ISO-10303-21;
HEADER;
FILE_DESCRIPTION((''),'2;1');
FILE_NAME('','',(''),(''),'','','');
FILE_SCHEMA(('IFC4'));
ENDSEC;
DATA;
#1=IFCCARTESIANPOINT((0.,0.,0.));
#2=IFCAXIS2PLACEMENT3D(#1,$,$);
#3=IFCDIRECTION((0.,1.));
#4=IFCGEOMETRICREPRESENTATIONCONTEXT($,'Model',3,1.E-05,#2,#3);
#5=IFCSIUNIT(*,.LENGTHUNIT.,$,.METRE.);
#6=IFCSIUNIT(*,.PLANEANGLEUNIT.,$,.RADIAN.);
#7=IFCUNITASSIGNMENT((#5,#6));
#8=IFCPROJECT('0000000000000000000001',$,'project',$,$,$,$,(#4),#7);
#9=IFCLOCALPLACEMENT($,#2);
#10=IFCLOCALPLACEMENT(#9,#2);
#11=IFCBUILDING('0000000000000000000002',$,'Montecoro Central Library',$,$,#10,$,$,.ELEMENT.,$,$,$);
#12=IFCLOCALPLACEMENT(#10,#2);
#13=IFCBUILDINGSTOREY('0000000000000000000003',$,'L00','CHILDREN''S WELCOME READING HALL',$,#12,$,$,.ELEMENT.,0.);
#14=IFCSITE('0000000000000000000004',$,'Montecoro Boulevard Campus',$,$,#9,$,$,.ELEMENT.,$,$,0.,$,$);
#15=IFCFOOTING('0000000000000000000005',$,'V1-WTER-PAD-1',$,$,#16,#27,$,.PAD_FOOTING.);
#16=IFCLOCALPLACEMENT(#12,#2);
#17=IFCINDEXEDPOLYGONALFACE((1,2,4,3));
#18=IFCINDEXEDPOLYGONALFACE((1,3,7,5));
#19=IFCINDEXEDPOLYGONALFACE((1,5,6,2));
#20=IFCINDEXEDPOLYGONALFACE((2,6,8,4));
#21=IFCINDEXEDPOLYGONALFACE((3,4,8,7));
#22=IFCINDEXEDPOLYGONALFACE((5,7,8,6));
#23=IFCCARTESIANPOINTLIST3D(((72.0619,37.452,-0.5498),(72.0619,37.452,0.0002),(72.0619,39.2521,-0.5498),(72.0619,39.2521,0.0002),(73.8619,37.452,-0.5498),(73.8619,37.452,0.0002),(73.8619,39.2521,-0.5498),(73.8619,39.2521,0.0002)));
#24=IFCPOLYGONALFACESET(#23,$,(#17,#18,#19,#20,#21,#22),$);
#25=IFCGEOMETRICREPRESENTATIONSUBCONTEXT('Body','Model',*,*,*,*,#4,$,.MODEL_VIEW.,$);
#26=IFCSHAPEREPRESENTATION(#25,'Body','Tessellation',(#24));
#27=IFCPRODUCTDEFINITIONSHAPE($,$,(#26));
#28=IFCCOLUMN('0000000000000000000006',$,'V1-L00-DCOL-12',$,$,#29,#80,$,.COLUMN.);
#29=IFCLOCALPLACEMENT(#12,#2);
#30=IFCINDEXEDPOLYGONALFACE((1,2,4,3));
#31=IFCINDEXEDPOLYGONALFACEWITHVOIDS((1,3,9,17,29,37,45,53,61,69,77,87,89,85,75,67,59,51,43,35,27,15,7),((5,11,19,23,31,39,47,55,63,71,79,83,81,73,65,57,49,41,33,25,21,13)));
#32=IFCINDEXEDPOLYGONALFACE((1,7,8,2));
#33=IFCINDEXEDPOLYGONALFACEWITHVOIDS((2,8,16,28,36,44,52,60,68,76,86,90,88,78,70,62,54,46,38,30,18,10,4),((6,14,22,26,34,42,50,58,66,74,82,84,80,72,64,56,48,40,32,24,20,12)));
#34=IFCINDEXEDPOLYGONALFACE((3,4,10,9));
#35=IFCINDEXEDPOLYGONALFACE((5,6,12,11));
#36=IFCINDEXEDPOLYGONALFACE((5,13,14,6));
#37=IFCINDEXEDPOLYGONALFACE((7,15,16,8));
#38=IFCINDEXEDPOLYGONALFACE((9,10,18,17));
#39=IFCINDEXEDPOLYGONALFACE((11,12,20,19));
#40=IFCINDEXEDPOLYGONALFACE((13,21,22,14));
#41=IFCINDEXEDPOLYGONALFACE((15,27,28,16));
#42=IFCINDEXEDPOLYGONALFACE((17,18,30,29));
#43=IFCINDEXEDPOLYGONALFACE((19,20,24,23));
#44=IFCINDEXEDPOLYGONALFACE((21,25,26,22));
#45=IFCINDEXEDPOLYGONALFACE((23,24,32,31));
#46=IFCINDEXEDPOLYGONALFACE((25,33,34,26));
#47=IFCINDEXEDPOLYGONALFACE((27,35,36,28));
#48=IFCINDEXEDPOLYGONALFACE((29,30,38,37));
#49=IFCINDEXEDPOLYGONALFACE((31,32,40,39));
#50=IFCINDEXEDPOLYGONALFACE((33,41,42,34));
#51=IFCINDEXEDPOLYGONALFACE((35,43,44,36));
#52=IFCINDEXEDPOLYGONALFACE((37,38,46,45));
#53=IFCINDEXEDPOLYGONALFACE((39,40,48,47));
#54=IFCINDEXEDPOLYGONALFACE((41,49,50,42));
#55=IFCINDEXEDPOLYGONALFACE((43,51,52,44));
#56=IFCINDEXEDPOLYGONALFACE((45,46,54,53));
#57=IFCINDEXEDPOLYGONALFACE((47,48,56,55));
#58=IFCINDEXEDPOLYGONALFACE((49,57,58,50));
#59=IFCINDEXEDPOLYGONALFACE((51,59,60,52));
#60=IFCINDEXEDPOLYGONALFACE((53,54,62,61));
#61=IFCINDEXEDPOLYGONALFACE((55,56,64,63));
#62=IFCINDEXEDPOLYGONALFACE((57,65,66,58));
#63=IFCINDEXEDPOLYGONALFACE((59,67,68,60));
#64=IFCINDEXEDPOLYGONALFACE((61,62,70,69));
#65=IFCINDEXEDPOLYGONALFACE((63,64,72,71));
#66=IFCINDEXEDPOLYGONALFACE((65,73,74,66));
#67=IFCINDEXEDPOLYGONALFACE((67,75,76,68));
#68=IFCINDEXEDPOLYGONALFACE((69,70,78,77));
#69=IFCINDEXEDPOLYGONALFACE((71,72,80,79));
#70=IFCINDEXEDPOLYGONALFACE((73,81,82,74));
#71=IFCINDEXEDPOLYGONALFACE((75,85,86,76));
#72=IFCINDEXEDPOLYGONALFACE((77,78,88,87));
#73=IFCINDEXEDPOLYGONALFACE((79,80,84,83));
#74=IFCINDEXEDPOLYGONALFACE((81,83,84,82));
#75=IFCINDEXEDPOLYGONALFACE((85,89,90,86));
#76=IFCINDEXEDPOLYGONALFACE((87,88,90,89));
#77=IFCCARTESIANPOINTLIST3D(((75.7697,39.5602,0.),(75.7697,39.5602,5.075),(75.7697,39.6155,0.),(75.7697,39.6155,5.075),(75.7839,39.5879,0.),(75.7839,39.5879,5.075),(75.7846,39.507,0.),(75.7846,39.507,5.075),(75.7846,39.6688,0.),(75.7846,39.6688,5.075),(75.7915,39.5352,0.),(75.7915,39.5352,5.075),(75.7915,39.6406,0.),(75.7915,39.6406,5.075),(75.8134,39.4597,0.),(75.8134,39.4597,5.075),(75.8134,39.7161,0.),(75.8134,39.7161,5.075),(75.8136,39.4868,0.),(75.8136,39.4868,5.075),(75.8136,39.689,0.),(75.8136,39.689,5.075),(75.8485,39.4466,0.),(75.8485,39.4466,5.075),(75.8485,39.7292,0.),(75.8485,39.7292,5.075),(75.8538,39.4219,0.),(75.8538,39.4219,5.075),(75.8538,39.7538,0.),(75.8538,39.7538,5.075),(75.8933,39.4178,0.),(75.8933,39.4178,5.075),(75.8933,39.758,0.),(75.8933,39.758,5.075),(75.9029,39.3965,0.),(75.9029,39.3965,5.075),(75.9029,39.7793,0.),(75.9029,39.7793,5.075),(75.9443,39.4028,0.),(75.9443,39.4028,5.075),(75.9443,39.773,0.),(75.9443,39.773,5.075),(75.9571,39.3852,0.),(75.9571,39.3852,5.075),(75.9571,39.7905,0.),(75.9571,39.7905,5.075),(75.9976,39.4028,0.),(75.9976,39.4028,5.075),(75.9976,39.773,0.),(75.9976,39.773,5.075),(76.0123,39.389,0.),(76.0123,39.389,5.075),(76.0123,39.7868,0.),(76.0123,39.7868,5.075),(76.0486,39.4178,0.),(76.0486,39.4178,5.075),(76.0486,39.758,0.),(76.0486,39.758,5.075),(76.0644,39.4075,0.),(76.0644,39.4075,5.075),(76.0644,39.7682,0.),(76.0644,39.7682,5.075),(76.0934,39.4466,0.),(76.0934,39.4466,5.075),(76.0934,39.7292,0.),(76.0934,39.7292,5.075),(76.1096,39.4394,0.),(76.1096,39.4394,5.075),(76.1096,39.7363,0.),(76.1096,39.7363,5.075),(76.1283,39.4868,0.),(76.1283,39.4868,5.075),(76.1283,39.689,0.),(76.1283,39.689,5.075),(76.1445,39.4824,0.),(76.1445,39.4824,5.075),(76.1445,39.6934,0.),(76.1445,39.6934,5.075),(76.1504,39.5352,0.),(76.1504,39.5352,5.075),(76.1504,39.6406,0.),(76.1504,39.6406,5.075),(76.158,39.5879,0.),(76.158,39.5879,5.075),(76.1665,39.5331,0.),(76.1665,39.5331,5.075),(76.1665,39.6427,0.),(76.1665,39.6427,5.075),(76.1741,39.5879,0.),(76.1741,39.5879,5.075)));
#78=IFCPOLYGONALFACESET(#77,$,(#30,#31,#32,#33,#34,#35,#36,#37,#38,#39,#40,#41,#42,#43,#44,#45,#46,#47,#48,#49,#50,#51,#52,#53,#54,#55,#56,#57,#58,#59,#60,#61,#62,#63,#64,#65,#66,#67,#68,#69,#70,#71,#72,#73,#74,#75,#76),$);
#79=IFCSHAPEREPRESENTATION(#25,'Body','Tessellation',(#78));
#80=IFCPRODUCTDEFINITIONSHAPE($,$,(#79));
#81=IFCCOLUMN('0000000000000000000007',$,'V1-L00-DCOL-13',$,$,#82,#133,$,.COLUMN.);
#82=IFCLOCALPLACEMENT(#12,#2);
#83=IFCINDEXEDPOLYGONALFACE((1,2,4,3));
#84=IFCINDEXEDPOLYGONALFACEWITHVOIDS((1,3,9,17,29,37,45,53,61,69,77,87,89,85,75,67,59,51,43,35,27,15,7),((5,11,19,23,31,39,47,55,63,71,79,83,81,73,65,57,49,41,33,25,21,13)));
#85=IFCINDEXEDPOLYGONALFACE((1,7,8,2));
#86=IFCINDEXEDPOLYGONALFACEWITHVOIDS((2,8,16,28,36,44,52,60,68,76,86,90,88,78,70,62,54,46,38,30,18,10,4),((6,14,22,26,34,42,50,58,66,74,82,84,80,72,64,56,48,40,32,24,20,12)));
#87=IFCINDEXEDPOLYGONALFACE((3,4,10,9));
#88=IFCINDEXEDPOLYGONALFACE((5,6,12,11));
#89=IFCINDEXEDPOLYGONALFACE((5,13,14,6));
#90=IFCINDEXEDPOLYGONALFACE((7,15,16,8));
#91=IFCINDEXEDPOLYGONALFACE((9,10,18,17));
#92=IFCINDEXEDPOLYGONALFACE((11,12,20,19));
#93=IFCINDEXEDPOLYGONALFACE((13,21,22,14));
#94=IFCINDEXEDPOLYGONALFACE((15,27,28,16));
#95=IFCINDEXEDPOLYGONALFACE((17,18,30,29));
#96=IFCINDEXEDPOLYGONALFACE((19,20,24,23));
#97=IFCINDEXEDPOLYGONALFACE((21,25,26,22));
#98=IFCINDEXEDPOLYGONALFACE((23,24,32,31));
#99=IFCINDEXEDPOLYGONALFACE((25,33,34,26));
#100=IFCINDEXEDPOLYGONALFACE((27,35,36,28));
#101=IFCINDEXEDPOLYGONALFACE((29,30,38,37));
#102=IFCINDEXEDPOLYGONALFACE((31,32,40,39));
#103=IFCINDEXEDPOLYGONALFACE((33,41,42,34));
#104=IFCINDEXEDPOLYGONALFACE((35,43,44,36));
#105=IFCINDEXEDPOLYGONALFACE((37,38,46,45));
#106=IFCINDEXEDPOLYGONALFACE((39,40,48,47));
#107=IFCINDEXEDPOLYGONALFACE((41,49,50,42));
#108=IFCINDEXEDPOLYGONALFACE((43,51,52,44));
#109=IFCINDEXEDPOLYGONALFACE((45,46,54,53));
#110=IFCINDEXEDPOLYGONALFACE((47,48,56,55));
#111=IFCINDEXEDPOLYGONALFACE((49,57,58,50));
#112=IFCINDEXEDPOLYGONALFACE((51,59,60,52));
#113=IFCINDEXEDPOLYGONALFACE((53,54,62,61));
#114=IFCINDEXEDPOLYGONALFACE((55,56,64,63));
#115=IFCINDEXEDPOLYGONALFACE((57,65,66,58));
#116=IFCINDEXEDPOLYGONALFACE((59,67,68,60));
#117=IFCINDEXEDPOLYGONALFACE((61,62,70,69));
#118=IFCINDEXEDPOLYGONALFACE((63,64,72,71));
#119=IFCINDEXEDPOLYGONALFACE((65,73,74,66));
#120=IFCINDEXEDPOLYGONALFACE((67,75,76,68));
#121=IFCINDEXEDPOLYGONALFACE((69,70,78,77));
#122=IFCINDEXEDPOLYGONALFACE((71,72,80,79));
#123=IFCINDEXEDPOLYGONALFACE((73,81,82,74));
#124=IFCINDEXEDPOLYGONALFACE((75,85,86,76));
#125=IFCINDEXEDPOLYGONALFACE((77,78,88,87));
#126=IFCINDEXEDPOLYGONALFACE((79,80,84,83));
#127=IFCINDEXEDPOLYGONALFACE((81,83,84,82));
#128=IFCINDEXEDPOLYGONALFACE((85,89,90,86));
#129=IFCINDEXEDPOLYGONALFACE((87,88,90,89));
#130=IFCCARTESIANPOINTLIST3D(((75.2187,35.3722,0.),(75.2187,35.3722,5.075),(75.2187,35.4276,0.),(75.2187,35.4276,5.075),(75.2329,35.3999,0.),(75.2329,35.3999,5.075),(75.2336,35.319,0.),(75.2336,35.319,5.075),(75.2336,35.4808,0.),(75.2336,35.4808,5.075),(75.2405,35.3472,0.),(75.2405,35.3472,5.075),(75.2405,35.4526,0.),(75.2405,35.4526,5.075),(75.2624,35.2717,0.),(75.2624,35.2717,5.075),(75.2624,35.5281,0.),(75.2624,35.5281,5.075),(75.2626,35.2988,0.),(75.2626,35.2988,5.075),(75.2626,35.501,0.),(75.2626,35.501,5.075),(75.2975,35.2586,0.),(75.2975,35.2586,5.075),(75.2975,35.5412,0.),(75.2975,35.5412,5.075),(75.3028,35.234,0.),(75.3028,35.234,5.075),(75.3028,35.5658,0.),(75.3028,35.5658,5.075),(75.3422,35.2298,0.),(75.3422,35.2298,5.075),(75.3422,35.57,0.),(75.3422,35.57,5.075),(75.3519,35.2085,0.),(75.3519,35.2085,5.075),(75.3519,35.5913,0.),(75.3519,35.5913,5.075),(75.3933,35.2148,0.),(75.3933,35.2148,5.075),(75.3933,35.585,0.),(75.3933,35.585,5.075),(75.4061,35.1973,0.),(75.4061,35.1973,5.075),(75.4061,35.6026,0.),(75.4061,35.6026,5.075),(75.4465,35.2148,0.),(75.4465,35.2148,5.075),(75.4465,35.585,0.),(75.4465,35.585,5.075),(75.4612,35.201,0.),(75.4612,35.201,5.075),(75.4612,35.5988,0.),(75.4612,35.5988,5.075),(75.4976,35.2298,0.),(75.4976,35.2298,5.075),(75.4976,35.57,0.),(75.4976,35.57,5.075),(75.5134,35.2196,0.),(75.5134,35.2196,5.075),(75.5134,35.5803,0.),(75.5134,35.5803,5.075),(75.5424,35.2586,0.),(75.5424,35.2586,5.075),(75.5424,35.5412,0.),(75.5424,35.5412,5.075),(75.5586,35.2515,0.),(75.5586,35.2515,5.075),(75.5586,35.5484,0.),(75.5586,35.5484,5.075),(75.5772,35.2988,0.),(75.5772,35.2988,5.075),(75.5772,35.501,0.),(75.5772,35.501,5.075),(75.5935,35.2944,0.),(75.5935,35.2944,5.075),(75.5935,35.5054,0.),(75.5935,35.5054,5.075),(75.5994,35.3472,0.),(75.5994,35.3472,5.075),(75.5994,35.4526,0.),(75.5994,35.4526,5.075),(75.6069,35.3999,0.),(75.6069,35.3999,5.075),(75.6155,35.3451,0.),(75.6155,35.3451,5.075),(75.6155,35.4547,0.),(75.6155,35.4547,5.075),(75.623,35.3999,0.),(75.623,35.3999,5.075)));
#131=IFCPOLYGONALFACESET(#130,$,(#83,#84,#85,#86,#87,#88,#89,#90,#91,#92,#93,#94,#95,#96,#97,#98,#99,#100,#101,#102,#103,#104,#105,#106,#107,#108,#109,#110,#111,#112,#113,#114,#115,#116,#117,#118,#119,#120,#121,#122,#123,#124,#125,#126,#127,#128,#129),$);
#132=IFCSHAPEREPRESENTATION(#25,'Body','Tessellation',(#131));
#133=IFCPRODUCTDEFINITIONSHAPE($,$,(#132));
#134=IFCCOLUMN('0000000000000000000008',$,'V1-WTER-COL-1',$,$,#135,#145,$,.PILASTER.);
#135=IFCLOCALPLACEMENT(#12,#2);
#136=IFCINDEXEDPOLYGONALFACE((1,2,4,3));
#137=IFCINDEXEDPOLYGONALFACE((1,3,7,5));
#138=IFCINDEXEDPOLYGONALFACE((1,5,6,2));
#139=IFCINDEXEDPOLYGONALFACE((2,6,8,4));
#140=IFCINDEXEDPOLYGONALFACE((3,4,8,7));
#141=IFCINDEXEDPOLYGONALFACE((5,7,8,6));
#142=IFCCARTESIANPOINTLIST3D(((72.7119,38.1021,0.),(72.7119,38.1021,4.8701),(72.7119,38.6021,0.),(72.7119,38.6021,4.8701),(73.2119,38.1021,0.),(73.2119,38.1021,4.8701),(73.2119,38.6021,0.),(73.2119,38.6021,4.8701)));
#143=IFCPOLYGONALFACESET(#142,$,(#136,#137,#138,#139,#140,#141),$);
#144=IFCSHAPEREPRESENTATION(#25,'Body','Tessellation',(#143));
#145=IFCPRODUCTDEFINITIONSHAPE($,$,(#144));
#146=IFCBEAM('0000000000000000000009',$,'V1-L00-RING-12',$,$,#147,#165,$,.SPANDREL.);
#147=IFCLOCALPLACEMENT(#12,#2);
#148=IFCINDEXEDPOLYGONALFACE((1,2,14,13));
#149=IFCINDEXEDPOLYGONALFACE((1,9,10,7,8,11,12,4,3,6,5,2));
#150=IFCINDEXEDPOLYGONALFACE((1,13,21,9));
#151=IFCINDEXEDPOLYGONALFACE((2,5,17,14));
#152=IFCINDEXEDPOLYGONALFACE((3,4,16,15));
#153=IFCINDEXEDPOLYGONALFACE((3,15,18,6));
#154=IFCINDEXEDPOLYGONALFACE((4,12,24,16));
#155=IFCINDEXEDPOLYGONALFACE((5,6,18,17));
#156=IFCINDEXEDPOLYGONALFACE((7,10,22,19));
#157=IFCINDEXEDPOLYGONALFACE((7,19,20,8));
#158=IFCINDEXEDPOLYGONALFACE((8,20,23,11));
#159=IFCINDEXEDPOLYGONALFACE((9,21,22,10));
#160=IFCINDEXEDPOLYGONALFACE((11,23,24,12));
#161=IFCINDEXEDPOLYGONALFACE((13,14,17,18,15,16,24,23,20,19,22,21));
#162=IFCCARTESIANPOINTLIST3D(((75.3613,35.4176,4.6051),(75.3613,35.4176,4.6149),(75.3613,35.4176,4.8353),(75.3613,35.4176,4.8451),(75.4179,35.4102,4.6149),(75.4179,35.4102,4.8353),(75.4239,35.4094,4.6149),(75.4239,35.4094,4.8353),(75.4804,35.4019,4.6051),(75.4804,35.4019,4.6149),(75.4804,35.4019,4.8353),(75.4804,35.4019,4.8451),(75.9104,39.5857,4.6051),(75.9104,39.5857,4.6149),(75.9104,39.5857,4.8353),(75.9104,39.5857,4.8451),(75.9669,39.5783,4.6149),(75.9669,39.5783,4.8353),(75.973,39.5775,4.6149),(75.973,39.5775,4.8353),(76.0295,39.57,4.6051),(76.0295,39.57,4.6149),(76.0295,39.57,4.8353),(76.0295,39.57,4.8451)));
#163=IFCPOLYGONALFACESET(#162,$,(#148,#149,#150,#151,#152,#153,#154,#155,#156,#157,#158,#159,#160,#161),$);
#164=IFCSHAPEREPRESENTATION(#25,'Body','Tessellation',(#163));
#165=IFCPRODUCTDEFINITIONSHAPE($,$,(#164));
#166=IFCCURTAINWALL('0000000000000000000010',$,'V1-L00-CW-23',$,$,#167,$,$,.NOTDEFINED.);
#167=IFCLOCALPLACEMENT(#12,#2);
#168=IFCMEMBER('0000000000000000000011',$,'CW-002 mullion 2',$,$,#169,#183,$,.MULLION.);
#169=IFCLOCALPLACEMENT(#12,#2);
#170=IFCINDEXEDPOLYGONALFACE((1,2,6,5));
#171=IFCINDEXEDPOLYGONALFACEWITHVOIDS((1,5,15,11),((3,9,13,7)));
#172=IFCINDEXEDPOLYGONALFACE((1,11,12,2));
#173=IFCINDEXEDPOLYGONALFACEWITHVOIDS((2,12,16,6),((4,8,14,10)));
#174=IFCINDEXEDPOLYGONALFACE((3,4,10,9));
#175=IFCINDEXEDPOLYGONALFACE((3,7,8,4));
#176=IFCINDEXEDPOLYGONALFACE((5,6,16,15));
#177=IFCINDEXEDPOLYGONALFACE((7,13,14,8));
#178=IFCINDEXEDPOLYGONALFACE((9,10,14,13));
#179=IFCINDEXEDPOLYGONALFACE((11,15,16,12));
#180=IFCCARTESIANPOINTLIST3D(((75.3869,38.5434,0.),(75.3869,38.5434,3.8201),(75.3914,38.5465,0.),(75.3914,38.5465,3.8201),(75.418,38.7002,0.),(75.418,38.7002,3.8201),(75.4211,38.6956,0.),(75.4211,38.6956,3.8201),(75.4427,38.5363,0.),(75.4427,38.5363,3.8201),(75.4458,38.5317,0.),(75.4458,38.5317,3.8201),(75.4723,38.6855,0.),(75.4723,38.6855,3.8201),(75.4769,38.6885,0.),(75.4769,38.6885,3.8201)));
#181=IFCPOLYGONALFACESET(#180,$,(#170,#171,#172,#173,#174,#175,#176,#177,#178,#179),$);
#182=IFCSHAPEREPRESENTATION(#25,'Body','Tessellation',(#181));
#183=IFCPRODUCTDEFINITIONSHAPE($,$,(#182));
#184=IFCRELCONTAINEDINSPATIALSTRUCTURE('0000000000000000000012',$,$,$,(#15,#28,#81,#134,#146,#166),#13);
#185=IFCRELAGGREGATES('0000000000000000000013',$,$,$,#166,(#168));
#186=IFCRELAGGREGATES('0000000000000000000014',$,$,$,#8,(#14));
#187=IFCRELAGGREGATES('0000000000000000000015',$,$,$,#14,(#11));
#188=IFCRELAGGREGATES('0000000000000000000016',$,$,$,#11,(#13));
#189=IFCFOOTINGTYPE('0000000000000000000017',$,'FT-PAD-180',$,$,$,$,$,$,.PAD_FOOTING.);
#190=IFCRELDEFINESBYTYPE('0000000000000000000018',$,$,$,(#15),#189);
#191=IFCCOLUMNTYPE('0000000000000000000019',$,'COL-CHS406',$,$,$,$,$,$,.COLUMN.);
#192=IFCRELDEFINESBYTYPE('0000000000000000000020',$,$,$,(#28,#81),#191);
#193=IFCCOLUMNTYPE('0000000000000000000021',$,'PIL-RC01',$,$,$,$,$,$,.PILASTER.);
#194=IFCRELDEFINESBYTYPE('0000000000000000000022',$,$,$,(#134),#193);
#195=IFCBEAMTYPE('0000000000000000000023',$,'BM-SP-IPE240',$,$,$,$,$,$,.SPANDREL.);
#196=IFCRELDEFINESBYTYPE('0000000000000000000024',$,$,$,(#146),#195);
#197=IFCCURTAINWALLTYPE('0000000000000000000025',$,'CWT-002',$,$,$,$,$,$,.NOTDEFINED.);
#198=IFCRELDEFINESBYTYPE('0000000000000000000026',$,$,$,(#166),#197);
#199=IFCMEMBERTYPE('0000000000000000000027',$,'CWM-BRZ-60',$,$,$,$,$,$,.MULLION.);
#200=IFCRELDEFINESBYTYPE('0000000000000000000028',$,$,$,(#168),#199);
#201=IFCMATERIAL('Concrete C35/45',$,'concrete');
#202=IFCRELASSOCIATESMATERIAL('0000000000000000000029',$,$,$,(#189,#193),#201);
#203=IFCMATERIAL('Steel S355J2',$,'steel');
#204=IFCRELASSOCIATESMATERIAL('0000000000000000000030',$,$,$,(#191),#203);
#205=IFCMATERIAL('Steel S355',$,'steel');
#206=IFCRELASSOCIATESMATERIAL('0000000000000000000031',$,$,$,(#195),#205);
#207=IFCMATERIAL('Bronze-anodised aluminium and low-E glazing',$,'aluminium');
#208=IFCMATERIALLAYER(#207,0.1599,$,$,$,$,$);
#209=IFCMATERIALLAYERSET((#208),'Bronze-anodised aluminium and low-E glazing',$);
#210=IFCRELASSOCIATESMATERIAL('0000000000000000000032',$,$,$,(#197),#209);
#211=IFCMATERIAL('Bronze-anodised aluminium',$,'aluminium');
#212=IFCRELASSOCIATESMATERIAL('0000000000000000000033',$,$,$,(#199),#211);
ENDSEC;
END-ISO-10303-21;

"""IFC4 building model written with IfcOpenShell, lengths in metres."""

from ifc_helpers import new_model, si_unit, direction, frame, origin, origin_2d, place, context, subcontext, project, spatial, rectangle, hollow_rectangle, hollow_circle, i_section, extrude, material, layer, layer_set, material_profile, profile_set, type_object, element, aggregate, save


model = new_model("IFC4")

# Units and contexts
model_context = context("Model", 3, precision=1e-05, world=origin(), true_north=direction((0.0, 1.0)))
body_context = subcontext(model_context, "Body", "Model", "MODEL_VIEW")
ifc_project = project(units=[si_unit("LENGTHUNIT", "METRE"), si_unit("PLANEANGLEUNIT", "RADIAN")], contexts=[model_context])

# Site, building, storey
site_placement = place(None, origin())
site = spatial("IfcSite", under=ifc_project, at=site_placement, Name="Montecoro Boulevard Campus", CompositionType="ELEMENT", RefElevation=0.0)
building_placement = place(site_placement, origin())
building = spatial("IfcBuilding", under=site, at=building_placement, Name="Montecoro Central Library", CompositionType="ELEMENT")
storey_placement = place(building_placement, origin())
storey = spatial("IfcBuildingStorey", under=building, at=storey_placement, Name="L00", Description="CHILDREN'S WELCOME READING HALL", CompositionType="ELEMENT", Elevation=0.0)

# Footing
ifc_material_1 = material(Name="Concrete C35/45", Category="concrete")
footing_type = type_object("IfcFootingType", Name="FT-PAD-180", PredefinedType="PAD_FOOTING", material=ifc_material_1)
footing_placement = place(storey_placement, frame((72.9619, 38.3521, -0.5498), z_axis=(0.0, 0.0, 1.0), x_axis=(1.0, 0.0, 0.0)))
element("IfcFooting", 1, at=footing_placement, inside=storey, type_object=footing_type, Name="V1-WTER-PAD-1", PredefinedType="PAD_FOOTING", context=body_context, shape_type="SweptSolid", body=[
    extrude(rectangle(XDim=1.8, YDim=1.8, at=origin_2d()), origin(), (0.0, 0.0, 1.0), 0.55),
])

# Columns
ifc_material_2 = material(Name="Steel S355J2", Category="steel")
ifc_material_profile_1 = material_profile(ifc_material_2, hollow_circle(Radius=0.2031, WallThickness=0.0161, at=origin_2d()), Name="CHS 406.4x16.0")
ifc_profile_set_1 = profile_set([ifc_material_profile_1], Name="Steel S355J2")
column_type_1 = type_object("IfcColumnType", Name="COL-CHS406", PredefinedType="COLUMN", material=ifc_profile_set_1)
for number, where, z_axis, x_axis, name in (
    (2, (75.9709, 39.5879, 0.0), (0.0, 0.0, 1.0), (1.0, 0.0, 0.0), "V1-L00-DCOL-12"),
    (3, (75.4199, 35.3999, 0.0), (0.0, 0.0, 1.0), (1.0, 0.0, 0.0), "V1-L00-DCOL-13"),
):
    element("IfcColumn", number, at=place(storey_placement, frame(where, z_axis=z_axis, x_axis=x_axis)), inside=storey, type_object=column_type_1, Name=name, PredefinedType="COLUMN", context=body_context, shape_type="SweptSolid", body=[
        extrude(hollow_circle(Radius=0.2031, WallThickness=0.0161, at=origin_2d()), origin(), (0.0, 0.0, 1.0), 5.075),
    ])
ifc_material_profile_2 = material_profile(ifc_material_1, rectangle(XDim=0.5, YDim=0.5, at=origin_2d()), Name="RC PIL 500x500")
ifc_profile_set_2 = profile_set([ifc_material_profile_2], Name="Concrete C35/45")
column_type_2 = type_object("IfcColumnType", Name="PIL-RC01", PredefinedType="PILASTER", material=ifc_profile_set_2)
column_placement = place(storey_placement, frame((72.9619, 38.3521, 0.0), z_axis=(0.0, 0.0, 1.0), x_axis=(1.0, 0.0, 0.0)))
element("IfcColumn", 4, at=column_placement, inside=storey, type_object=column_type_2, Name="V1-WTER-COL-1", PredefinedType="PILASTER", context=body_context, shape_type="SweptSolid", body=[
    extrude(rectangle(XDim=0.5, YDim=0.5, at=origin_2d()), origin(), (0.0, 0.0, 1.0), 4.8701),
])

# Beam
ifc_material_3 = material(Name="Steel S355", Category="steel")
ifc_material_profile_3 = material_profile(ifc_material_3, i_section(OverallWidth=0.1201, OverallDepth=0.24, WebThickness=0.0061, FlangeThickness=0.0098, at=origin_2d()), Name="IPE 240")
ifc_profile_set_3 = profile_set([ifc_material_profile_3], Name="Steel S355")
beam_type = type_object("IfcBeamType", Name="BM-SP-IPE240", PredefinedType="SPANDREL", material=ifc_profile_set_3)
beam_placement = place(storey_placement, frame((75.97, 39.5779, 4.7251), z_axis=(-0.130608, -0.991434, 0.0), x_axis=(0.991434, -0.130608, 0.0)))
element("IfcBeam", 5, at=beam_placement, inside=storey, type_object=beam_type, Name="V1-L00-RING-12", PredefinedType="SPANDREL", context=body_context, shape_type="SweptSolid", body=[
    extrude(i_section(OverallWidth=0.1201, OverallDepth=0.24, WebThickness=0.0061, FlangeThickness=0.0098, at=origin_2d()), origin(), (0.0, 0.0, 1.0), 4.2041),
])

# Curtain wall, member
ifc_material_4 = material(Name="Bronze-anodised aluminium and low-E glazing", Category="aluminium")
ifc_layer_1 = layer(ifc_material_4, 0.1599)
ifc_layer_set_1 = layer_set([ifc_layer_1], Name="Bronze-anodised aluminium and low-E glazing")
curtain_wall_type = type_object("IfcCurtainWallType", Name="CWT-002", PredefinedType="NOTDEFINED", material=ifc_layer_set_1)
curtain_wall_placement = place(storey_placement, origin())
curtain_wall = element("IfcCurtainWall", 6, at=curtain_wall_placement, inside=storey, type_object=curtain_wall_type, Name="V1-L00-CW-23", PredefinedType="NOTDEFINED")
ifc_material_5 = material(Name="Bronze-anodised aluminium", Category="aluminium")
ifc_material_profile_4 = material_profile(ifc_material_5, hollow_rectangle(XDim=0.0601, YDim=0.1599, WallThickness=0.0039, at=origin_2d()), Name="CWM 160x60x4.0")
ifc_profile_set_4 = profile_set([ifc_material_profile_4], Name="Bronze-anodised aluminium")
member_type_1 = type_object("IfcMemberType", Name="CWM-BRZ-60", PredefinedType="MULLION", material=ifc_profile_set_4)
member_1_placement = place(storey_placement, frame((75.4319, 38.616, 0.0), z_axis=(0.0, 0.0, 1.0), x_axis=(0.980831, -0.194861, 0.0)))
member_1 = element("IfcMember", 7, at=member_1_placement, type_object=member_type_1, Name="CW-002 mullion 2", PredefinedType="MULLION", context=body_context, shape_type="SweptSolid", body=[
    extrude(hollow_rectangle(XDim=0.0601, YDim=0.1599, WallThickness=0.0039, at=origin_2d()), origin(), (0.0, 0.0, 1.0), 3.8201),
])
aggregate(curtain_wall, [member_1])

save(model, "model.ifc")
